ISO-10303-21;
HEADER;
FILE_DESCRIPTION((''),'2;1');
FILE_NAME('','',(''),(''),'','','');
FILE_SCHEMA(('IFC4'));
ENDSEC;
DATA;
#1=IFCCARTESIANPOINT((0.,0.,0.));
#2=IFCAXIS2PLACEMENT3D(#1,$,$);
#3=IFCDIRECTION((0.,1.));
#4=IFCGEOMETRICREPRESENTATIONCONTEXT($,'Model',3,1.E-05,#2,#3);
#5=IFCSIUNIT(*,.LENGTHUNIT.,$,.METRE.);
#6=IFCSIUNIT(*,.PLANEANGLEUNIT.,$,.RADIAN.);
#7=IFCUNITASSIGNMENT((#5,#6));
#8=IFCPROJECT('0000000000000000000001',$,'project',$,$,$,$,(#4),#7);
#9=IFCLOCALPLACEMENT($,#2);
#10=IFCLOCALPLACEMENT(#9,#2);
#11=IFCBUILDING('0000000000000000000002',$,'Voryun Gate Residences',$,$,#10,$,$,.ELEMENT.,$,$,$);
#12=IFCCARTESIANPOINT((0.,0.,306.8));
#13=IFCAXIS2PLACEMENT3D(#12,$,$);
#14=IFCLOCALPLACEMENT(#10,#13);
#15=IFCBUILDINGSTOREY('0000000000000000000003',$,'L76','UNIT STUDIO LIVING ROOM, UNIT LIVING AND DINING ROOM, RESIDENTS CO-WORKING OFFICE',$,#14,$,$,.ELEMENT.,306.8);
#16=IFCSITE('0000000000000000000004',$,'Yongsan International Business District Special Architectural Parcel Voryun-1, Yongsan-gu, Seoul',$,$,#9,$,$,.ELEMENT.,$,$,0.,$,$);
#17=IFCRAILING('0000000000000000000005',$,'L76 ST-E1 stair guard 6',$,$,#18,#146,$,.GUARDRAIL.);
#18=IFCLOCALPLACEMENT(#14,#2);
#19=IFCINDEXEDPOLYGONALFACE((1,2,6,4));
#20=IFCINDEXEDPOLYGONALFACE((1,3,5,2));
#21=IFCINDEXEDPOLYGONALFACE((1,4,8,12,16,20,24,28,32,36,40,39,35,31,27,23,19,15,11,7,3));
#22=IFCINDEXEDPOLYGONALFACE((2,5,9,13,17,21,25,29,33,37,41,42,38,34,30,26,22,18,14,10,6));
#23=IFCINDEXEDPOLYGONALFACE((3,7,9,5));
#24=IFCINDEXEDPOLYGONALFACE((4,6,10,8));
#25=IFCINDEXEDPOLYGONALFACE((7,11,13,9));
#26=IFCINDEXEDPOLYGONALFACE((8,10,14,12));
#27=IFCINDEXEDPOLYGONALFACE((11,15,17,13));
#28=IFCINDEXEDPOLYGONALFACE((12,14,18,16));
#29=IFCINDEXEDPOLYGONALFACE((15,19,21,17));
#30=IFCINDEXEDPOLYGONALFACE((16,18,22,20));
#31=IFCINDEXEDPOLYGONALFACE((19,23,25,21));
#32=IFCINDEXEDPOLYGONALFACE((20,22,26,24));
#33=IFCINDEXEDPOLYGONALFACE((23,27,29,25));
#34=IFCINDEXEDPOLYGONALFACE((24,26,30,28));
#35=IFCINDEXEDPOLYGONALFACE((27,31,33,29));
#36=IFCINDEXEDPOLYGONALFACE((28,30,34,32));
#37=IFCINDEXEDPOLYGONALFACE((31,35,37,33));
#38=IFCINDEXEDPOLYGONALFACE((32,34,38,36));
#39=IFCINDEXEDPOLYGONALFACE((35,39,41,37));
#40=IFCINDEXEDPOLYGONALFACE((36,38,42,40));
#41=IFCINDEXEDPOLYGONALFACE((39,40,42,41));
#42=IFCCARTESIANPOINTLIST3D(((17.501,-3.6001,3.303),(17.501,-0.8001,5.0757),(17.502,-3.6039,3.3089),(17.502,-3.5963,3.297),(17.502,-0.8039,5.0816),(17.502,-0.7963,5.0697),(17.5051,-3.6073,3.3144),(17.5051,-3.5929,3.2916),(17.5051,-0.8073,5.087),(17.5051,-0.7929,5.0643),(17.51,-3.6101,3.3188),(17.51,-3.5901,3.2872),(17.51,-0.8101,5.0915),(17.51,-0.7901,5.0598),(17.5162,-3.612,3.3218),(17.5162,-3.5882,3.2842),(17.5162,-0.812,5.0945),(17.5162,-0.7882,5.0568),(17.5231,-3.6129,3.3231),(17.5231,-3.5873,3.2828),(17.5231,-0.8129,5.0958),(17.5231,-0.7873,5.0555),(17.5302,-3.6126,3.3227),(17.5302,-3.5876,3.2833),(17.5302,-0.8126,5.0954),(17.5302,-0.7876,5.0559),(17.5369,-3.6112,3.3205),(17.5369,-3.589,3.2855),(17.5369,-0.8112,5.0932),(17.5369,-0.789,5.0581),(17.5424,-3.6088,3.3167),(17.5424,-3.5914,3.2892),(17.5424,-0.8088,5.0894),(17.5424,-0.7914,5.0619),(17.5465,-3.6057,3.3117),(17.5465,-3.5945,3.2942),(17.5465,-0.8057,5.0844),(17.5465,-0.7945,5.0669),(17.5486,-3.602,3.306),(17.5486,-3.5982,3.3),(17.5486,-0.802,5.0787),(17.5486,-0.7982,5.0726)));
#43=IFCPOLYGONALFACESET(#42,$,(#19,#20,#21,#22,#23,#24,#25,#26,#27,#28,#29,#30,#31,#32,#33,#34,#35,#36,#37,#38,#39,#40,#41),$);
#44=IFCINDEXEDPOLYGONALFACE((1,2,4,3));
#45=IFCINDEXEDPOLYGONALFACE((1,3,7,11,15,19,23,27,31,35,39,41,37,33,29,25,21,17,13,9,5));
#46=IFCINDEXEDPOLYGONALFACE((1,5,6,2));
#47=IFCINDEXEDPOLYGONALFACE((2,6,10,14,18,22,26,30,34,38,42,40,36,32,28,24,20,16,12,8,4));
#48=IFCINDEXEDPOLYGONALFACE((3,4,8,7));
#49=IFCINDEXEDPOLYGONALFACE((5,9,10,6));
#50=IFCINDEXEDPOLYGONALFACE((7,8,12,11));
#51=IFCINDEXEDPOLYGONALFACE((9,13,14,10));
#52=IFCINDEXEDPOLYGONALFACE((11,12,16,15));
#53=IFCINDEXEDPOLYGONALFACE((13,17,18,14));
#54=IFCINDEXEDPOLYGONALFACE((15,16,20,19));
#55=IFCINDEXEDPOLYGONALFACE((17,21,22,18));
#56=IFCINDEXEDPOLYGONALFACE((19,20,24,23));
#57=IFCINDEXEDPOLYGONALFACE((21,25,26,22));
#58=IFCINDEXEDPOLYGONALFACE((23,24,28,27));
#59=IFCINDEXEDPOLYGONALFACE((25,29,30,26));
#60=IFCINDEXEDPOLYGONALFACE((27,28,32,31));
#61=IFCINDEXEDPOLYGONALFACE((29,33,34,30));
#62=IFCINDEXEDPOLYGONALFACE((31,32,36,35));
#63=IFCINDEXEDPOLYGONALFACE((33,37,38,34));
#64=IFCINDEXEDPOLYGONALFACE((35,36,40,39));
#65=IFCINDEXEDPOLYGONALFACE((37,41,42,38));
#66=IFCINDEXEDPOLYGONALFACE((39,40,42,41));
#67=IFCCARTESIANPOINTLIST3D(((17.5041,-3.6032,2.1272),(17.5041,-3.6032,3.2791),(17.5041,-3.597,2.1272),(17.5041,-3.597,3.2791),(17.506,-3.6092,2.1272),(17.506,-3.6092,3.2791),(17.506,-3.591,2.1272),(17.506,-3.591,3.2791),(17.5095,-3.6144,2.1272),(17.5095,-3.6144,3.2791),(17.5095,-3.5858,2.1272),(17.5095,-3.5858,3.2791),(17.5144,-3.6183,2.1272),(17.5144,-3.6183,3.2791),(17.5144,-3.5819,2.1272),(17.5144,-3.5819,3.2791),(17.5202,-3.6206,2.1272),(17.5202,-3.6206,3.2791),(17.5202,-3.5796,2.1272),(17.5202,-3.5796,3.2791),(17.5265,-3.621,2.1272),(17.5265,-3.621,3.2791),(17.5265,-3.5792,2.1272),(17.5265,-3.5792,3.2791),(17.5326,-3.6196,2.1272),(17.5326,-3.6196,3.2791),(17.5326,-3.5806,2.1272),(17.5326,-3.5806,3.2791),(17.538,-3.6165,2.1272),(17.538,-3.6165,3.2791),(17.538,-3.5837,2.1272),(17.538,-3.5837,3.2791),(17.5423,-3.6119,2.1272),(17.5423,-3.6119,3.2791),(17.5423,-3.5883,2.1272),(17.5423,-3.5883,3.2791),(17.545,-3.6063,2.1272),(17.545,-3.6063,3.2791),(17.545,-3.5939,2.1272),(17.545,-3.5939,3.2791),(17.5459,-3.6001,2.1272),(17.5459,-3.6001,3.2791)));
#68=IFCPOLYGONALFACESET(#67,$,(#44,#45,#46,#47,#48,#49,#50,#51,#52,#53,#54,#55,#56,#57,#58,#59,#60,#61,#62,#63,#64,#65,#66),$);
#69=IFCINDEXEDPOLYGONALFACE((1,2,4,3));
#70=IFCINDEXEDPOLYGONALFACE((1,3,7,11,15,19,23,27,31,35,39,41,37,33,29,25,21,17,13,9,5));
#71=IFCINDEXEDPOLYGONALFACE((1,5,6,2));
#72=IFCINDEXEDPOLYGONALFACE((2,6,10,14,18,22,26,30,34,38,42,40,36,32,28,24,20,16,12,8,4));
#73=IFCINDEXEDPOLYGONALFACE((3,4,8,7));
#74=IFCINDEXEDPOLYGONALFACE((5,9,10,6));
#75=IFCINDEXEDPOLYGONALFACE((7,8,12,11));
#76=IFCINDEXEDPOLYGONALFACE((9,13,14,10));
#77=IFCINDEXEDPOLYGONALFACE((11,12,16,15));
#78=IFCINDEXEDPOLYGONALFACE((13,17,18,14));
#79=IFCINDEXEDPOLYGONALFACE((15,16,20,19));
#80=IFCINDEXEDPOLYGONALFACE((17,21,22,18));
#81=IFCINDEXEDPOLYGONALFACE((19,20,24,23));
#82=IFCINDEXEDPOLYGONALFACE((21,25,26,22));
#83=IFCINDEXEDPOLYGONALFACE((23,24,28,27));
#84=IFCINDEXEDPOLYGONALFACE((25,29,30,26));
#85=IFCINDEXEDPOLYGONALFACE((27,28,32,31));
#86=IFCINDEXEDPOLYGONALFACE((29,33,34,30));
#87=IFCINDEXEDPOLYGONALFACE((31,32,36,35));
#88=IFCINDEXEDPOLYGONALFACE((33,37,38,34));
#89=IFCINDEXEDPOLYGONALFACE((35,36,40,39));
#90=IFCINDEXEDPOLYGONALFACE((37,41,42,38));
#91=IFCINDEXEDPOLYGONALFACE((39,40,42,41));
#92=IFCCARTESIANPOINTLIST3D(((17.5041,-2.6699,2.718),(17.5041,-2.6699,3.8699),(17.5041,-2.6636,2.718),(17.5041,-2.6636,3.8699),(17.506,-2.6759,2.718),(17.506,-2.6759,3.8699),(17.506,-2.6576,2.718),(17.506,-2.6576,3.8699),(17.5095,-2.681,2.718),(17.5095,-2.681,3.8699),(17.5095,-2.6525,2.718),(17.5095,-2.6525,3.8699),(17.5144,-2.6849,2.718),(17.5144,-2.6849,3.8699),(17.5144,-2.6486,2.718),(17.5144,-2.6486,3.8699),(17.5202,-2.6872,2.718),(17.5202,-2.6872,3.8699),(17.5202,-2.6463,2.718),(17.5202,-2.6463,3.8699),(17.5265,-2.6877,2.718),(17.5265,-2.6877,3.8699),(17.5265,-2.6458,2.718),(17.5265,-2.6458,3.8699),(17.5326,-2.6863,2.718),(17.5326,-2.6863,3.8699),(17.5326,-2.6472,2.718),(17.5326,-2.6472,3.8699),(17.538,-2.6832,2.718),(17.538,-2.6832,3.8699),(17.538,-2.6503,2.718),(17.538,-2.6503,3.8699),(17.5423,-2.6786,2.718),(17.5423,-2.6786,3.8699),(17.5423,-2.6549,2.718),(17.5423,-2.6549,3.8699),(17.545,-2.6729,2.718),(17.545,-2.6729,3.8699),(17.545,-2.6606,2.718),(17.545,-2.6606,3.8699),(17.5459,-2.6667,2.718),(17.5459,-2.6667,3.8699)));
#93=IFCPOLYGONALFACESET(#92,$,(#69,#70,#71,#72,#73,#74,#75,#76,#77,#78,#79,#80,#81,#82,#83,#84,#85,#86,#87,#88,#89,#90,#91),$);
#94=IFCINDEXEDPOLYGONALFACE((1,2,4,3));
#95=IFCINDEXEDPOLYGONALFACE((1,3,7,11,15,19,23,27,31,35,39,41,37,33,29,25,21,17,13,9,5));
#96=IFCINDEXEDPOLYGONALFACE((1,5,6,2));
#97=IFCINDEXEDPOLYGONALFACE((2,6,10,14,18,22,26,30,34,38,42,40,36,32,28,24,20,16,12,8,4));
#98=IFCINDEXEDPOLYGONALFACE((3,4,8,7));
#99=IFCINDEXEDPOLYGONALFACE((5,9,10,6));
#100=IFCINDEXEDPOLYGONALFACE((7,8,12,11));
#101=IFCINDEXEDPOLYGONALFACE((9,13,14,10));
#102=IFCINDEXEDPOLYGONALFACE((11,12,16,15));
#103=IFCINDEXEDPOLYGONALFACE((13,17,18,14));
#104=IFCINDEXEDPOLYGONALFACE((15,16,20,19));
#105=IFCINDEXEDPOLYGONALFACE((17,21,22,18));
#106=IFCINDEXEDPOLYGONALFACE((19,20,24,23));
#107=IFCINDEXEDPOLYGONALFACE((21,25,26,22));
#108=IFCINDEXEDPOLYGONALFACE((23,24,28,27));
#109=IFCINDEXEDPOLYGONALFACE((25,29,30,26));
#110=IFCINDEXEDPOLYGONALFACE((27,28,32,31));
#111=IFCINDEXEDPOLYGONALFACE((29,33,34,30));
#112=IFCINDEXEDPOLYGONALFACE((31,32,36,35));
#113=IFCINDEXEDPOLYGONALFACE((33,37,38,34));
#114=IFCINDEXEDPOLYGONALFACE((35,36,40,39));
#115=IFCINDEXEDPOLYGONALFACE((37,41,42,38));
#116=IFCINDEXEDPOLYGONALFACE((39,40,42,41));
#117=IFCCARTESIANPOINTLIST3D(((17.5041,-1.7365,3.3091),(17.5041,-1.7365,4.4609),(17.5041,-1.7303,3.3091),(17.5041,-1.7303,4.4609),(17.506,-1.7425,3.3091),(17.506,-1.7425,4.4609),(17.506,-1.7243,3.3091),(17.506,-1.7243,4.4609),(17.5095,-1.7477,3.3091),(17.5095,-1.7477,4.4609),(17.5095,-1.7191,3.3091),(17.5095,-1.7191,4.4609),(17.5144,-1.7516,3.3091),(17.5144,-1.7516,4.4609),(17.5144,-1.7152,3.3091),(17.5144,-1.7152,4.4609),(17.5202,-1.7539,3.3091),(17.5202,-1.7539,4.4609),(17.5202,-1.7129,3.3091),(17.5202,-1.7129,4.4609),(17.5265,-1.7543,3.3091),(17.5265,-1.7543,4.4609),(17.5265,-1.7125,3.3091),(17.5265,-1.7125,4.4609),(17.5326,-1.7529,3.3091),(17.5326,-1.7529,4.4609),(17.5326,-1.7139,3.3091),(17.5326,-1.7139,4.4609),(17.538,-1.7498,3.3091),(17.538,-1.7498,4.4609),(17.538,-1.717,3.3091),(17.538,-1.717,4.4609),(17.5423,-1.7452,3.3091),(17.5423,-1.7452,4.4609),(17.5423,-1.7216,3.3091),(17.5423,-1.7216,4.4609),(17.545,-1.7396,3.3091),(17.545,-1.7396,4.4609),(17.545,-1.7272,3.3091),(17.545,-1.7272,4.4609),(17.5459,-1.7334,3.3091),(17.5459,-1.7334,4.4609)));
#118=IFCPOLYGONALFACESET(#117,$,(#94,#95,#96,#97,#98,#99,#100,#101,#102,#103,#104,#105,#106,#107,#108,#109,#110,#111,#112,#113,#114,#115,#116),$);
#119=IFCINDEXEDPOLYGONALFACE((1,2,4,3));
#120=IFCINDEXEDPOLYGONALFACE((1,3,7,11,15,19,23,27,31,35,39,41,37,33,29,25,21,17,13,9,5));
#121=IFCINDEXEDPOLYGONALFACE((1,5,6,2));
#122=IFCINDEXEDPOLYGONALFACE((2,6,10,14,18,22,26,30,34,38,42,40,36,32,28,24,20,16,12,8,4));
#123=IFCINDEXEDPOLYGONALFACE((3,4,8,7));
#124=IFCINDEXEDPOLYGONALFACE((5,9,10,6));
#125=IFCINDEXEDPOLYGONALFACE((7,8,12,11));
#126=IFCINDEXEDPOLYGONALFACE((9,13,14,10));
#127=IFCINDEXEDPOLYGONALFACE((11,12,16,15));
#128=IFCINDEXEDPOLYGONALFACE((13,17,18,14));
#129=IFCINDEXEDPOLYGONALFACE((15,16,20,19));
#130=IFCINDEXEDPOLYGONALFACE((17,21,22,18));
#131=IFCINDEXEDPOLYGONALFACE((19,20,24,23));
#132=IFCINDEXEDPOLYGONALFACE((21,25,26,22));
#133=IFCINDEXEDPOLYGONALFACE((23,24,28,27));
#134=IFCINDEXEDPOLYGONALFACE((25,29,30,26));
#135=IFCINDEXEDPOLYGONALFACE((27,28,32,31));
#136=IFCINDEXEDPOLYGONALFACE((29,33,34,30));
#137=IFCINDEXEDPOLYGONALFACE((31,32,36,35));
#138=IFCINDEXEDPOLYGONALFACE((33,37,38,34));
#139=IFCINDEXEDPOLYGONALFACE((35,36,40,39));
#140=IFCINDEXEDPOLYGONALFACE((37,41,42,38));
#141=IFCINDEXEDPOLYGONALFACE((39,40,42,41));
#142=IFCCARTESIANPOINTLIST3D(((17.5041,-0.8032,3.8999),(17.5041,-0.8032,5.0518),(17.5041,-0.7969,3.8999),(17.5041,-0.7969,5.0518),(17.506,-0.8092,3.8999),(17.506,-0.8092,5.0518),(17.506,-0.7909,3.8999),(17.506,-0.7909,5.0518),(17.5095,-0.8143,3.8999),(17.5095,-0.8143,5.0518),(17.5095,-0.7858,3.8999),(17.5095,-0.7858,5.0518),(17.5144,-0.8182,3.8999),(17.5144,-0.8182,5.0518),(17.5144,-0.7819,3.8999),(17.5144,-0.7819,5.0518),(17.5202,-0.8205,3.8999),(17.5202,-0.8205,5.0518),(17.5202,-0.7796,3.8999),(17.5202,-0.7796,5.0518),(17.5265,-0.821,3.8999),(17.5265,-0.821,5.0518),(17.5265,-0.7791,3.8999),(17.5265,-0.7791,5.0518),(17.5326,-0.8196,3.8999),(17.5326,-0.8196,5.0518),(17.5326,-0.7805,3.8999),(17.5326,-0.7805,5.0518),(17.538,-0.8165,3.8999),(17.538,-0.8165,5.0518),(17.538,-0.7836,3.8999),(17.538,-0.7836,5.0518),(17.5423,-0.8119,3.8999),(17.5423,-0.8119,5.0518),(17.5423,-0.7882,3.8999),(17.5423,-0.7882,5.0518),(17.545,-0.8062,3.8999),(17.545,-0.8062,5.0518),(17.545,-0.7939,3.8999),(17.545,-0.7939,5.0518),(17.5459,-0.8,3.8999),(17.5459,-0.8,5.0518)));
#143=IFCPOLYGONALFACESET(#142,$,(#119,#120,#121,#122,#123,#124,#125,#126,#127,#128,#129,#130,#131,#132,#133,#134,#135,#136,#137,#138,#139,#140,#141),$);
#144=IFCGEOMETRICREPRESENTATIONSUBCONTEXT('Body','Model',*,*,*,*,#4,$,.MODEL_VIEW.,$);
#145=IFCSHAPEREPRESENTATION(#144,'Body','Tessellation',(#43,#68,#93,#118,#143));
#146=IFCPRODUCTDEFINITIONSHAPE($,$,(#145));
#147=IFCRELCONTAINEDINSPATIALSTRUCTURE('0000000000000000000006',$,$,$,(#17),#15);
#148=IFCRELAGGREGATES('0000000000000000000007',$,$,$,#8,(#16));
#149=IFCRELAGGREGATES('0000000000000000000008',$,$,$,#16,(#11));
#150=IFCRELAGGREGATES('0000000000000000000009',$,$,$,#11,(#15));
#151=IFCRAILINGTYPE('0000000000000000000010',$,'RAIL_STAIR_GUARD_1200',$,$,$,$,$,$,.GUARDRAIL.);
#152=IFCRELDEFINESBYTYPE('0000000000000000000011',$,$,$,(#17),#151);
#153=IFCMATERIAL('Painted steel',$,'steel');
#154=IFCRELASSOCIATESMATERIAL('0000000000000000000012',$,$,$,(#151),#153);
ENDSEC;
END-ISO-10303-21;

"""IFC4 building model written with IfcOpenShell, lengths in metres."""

from ifc_helpers import new_model, si_unit, direction, frame, origin, origin_2d, place, context, subcontext, project, spatial, circle, extrude, material, type_object, element, save


model = new_model("IFC4")

# Units and contexts
model_context = context("Model", 3, precision=1e-05, world=origin(), true_north=direction((0.0, 1.0)))
body_context = subcontext(model_context, "Body", "Model", "MODEL_VIEW")
ifc_project = project(units=[si_unit("LENGTHUNIT", "METRE"), si_unit("PLANEANGLEUNIT", "RADIAN")], contexts=[model_context])

# Site, building, storey
site_placement = place(None, origin())
site = spatial("IfcSite", under=ifc_project, at=site_placement, Name="Yongsan International Business District Special Architectural Parcel Voryun-1, Yongsan-gu, Seoul", CompositionType="ELEMENT", RefElevation=0.0)
building_placement = place(site_placement, origin())
building = spatial("IfcBuilding", under=site, at=building_placement, Name="Voryun Gate Residences", CompositionType="ELEMENT")
storey_placement = place(building_placement, frame((0.0, 0.0, 306.8)))
storey = spatial("IfcBuildingStorey", under=building, at=storey_placement, Name="L76", Description="UNIT STUDIO LIVING ROOM, UNIT LIVING AND DINING ROOM, RESIDENTS CO-WORKING OFFICE", CompositionType="ELEMENT", Elevation=306.8)

# Railing
ifc_material_1 = material(Name="Painted steel", Category="steel")
railing_type_1 = type_object("IfcRailingType", Name="RAIL_STAIR_GUARD_1200", PredefinedType="GUARDRAIL", material=ifc_material_1)
railing_1_placement = place(storey_placement, frame((17.5249, -3.6001, 2.1272)))
element("IfcRailing", 1, at=railing_1_placement, inside=storey, type_object=railing_type_1, Name="L76 ST-E1 stair guard 6", PredefinedType="GUARDRAIL", context=body_context, shape_type="SweptSolid", body=[
    extrude(circle(Radius=0.0239, at=origin_2d()), frame((0.0, 0.0, 1.1758), z_axis=(0.0, 0.844909, 0.53491), x_axis=(-1.0, 0.0, 0.0)), (0.0, 0.0, 1.0), 3.314),
    extrude(circle(Radius=0.021, at=origin_2d()), origin(), (0.0, 0.0, 1.0), 1.1519),
    extrude(circle(Radius=0.021, at=origin_2d()), frame((0.0, 0.9333, 0.5908)), (0.0, 0.0, 1.0), 1.1519),
    extrude(circle(Radius=0.021, at=origin_2d()), frame((0.0, 1.8667, 1.1819)), (0.0, 0.0, 1.0), 1.1519),
    extrude(circle(Radius=0.021, at=origin_2d()), frame((0.0, 2.8, 1.7727)), (0.0, 0.0, 1.0), 1.1519),
])

save(model, "model.ifc")
